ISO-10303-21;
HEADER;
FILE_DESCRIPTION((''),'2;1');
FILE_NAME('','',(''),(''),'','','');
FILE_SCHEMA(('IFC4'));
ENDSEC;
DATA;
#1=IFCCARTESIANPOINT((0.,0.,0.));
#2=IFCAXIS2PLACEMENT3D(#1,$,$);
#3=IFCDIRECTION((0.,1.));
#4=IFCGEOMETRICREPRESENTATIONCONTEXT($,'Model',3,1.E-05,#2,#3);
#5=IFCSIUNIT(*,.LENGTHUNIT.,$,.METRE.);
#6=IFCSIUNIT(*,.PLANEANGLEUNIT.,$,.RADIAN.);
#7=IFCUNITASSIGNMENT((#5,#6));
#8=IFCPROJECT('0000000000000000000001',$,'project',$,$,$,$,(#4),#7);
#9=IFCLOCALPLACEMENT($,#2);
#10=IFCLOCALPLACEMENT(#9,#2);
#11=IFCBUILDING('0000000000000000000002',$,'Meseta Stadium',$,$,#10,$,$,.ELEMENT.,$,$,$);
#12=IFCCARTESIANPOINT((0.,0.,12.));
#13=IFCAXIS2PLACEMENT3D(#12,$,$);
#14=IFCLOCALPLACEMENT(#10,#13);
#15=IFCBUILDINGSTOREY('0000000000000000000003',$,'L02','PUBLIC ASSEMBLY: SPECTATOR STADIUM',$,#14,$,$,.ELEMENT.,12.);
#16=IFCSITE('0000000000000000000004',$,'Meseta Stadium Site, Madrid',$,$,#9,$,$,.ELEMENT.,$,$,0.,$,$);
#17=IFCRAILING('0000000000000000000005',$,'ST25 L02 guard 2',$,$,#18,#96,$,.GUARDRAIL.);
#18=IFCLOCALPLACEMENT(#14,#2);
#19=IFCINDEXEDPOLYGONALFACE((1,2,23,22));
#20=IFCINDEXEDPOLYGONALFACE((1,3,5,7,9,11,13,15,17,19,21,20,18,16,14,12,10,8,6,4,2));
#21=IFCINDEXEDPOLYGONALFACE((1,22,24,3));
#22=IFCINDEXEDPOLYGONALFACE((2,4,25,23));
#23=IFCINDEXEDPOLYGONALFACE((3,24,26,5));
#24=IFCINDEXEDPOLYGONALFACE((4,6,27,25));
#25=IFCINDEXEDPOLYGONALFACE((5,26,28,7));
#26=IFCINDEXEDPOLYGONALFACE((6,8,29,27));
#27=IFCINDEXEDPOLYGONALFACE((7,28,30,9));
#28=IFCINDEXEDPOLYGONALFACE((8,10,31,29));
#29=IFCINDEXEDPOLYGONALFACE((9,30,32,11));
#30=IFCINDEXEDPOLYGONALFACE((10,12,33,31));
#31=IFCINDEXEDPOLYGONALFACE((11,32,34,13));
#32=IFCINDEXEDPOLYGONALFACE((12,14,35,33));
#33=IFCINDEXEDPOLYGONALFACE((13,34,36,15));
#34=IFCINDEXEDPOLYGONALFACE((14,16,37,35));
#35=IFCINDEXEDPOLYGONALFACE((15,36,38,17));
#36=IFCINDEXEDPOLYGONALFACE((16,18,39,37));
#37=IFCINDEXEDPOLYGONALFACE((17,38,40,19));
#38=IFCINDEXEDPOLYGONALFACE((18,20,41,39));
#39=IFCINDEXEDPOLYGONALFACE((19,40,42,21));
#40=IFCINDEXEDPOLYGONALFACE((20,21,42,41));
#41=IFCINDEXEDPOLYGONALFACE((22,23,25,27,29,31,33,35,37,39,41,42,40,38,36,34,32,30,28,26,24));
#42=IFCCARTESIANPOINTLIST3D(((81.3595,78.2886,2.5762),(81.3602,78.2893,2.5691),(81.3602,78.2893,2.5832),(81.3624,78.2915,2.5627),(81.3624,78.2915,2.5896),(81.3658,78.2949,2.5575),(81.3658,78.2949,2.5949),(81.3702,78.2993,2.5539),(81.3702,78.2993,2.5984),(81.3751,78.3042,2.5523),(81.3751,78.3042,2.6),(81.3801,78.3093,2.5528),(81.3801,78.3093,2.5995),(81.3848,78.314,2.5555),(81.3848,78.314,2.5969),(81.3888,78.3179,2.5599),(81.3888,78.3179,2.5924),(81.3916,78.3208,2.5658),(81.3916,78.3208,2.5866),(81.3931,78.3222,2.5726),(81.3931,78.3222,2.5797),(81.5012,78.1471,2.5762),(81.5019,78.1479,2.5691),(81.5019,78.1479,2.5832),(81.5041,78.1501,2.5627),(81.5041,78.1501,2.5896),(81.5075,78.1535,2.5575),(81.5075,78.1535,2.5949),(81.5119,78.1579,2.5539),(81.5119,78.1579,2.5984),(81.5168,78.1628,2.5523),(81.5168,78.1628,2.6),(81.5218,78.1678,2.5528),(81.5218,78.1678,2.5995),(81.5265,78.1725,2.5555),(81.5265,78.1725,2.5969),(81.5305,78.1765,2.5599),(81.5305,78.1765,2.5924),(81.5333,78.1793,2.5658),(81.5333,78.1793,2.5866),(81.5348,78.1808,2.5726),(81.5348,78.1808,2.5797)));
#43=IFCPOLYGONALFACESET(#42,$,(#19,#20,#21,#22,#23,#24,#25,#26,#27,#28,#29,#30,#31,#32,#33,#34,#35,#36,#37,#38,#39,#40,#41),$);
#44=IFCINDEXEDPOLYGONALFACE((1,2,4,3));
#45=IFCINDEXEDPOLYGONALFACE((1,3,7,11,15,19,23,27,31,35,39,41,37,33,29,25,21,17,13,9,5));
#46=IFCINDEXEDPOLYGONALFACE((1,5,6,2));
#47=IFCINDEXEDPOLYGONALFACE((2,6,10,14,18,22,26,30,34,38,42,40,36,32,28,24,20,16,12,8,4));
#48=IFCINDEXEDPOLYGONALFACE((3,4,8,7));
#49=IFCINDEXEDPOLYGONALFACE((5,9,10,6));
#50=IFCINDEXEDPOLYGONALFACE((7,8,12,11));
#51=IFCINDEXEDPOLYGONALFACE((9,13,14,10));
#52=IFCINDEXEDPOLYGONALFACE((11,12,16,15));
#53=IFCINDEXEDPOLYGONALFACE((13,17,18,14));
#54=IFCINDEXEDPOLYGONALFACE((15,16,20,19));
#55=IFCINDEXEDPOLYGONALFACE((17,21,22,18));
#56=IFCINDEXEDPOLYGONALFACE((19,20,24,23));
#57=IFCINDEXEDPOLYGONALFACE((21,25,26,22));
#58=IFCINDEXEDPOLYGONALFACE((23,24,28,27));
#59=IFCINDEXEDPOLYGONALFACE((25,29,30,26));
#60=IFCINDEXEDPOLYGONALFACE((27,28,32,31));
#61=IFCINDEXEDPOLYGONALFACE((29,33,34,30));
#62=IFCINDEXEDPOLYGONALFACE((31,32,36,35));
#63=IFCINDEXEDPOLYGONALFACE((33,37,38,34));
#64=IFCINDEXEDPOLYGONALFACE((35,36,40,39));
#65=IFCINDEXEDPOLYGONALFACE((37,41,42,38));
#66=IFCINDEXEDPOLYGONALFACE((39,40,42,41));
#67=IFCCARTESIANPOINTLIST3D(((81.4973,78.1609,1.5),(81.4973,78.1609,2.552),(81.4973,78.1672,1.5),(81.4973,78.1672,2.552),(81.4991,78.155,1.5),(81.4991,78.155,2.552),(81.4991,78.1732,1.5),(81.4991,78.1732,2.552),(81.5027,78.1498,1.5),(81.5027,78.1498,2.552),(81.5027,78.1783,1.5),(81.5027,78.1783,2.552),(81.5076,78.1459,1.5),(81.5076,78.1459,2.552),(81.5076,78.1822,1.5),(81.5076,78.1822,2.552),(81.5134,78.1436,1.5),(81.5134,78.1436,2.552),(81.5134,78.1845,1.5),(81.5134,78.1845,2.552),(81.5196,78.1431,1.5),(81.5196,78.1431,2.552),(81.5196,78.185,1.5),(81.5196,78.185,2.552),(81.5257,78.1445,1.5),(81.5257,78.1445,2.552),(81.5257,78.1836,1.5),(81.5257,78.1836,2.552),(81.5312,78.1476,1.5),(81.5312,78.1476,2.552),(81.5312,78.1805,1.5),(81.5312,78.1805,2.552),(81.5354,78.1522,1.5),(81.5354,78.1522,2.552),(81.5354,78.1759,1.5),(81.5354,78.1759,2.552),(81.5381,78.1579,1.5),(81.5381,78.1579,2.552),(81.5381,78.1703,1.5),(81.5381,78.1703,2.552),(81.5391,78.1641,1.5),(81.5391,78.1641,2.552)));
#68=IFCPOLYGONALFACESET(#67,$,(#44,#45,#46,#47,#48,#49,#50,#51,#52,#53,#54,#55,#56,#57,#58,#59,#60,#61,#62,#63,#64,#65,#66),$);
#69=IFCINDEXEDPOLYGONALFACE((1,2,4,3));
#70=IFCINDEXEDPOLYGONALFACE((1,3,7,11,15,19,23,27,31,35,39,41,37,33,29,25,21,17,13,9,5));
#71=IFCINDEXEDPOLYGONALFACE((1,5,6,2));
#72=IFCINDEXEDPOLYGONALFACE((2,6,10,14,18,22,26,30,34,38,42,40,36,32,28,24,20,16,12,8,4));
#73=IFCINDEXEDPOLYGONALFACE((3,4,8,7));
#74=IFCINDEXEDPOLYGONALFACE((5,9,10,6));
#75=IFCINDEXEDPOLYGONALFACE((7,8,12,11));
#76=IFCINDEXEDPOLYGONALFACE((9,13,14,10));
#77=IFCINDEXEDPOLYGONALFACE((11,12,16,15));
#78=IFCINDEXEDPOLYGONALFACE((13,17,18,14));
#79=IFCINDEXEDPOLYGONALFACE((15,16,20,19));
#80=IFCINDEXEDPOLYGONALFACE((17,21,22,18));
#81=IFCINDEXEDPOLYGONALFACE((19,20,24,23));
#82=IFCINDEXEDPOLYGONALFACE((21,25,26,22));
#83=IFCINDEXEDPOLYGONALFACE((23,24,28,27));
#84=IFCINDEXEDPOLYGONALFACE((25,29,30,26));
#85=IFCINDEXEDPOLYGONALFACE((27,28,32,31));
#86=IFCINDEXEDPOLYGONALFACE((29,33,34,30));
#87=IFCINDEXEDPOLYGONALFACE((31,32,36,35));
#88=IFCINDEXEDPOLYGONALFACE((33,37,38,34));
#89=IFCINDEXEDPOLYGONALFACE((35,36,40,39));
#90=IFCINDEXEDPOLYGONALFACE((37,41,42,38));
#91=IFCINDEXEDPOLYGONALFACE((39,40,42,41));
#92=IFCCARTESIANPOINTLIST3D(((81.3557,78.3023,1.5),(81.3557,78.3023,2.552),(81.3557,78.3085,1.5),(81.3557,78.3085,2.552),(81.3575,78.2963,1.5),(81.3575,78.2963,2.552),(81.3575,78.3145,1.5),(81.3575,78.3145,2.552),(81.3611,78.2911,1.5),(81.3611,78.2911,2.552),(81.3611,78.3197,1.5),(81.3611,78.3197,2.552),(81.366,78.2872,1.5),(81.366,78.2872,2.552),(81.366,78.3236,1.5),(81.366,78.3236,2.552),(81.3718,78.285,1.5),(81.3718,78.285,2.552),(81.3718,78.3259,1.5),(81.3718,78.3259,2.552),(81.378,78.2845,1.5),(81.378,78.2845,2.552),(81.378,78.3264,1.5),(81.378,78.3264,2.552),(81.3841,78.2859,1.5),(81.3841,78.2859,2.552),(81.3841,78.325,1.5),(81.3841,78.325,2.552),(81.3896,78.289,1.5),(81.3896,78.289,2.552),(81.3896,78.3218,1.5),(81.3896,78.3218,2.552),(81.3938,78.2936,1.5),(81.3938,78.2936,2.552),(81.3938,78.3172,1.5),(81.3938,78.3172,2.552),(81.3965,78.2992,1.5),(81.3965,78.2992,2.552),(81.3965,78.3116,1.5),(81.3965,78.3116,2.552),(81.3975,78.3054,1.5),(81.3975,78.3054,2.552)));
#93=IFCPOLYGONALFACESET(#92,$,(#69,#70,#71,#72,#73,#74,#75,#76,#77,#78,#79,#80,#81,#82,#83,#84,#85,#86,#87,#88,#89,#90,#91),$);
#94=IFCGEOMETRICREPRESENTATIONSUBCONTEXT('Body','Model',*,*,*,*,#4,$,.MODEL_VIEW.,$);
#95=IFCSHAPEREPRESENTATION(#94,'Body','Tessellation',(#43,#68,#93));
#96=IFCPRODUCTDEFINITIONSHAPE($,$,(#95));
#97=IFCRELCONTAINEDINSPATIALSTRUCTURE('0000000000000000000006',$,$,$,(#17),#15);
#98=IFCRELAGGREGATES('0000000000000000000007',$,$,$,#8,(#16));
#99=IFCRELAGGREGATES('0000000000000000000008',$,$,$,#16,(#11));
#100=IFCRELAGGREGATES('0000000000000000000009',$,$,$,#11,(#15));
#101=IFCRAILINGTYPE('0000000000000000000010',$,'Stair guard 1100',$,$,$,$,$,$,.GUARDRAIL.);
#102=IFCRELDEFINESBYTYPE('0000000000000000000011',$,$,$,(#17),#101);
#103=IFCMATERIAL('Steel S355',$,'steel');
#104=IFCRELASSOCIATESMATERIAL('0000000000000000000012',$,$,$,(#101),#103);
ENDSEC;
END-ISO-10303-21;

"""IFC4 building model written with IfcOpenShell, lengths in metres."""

from ifc_helpers import new_model, si_unit, direction, frame, origin, origin_2d, place, context, subcontext, project, spatial, circle, extrude, material, type_object, element, save


model = new_model("IFC4")

# Units and contexts
model_context = context("Model", 3, precision=1e-05, world=origin(), true_north=direction((0.0, 1.0)))
body_context = subcontext(model_context, "Body", "Model", "MODEL_VIEW")
ifc_project = project(units=[si_unit("LENGTHUNIT", "METRE"), si_unit("PLANEANGLEUNIT", "RADIAN")], contexts=[model_context])

# Site, building, storey
site_placement = place(None, origin())
site = spatial("IfcSite", under=ifc_project, at=site_placement, Name="Meseta Stadium Site, Madrid", CompositionType="ELEMENT", RefElevation=0.0)
building_placement = place(site_placement, origin())
building = spatial("IfcBuilding", under=site, at=building_placement, Name="Meseta Stadium", CompositionType="ELEMENT")
storey_placement = place(building_placement, frame((0.0, 0.0, 12.0)))
storey = spatial("IfcBuildingStorey", under=building, at=storey_placement, Name="L02", Description="PUBLIC ASSEMBLY: SPECTATOR STADIUM", CompositionType="ELEMENT", Elevation=12.0)

# Railing
ifc_material_1 = material(Name="Steel S355", Category="steel")
railing_type_1 = type_object("IfcRailingType", Name="Stair guard 1100", PredefinedType="GUARDRAIL", material=ifc_material_1)
railing_1_placement = place(storey_placement, frame((81.5181, 78.1641, 1.5)))
element("IfcRailing", 1, at=railing_1_placement, inside=storey, type_object=railing_type_1, Name="ST25 L02 guard 2", PredefinedType="GUARDRAIL", context=body_context, shape_type="SweptSolid", body=[
    extrude(circle(Radius=0.0239, at=origin_2d()), frame((0.0, 0.0, 1.0762), z_axis=(-0.707717, 0.706496, 0.0), x_axis=(-0.706496, -0.707717, 0.0)), (0.0, 0.0, 1.0), 0.2002),
    extrude(circle(Radius=0.021, at=origin_2d()), origin(), (0.0, 0.0, 1.0), 1.052),
    extrude(circle(Radius=0.021, at=origin_2d()), frame((-0.1416, 0.1414, 0.0)), (0.0, 0.0, 1.0), 1.052),
])

save(model, "model.ifc")
